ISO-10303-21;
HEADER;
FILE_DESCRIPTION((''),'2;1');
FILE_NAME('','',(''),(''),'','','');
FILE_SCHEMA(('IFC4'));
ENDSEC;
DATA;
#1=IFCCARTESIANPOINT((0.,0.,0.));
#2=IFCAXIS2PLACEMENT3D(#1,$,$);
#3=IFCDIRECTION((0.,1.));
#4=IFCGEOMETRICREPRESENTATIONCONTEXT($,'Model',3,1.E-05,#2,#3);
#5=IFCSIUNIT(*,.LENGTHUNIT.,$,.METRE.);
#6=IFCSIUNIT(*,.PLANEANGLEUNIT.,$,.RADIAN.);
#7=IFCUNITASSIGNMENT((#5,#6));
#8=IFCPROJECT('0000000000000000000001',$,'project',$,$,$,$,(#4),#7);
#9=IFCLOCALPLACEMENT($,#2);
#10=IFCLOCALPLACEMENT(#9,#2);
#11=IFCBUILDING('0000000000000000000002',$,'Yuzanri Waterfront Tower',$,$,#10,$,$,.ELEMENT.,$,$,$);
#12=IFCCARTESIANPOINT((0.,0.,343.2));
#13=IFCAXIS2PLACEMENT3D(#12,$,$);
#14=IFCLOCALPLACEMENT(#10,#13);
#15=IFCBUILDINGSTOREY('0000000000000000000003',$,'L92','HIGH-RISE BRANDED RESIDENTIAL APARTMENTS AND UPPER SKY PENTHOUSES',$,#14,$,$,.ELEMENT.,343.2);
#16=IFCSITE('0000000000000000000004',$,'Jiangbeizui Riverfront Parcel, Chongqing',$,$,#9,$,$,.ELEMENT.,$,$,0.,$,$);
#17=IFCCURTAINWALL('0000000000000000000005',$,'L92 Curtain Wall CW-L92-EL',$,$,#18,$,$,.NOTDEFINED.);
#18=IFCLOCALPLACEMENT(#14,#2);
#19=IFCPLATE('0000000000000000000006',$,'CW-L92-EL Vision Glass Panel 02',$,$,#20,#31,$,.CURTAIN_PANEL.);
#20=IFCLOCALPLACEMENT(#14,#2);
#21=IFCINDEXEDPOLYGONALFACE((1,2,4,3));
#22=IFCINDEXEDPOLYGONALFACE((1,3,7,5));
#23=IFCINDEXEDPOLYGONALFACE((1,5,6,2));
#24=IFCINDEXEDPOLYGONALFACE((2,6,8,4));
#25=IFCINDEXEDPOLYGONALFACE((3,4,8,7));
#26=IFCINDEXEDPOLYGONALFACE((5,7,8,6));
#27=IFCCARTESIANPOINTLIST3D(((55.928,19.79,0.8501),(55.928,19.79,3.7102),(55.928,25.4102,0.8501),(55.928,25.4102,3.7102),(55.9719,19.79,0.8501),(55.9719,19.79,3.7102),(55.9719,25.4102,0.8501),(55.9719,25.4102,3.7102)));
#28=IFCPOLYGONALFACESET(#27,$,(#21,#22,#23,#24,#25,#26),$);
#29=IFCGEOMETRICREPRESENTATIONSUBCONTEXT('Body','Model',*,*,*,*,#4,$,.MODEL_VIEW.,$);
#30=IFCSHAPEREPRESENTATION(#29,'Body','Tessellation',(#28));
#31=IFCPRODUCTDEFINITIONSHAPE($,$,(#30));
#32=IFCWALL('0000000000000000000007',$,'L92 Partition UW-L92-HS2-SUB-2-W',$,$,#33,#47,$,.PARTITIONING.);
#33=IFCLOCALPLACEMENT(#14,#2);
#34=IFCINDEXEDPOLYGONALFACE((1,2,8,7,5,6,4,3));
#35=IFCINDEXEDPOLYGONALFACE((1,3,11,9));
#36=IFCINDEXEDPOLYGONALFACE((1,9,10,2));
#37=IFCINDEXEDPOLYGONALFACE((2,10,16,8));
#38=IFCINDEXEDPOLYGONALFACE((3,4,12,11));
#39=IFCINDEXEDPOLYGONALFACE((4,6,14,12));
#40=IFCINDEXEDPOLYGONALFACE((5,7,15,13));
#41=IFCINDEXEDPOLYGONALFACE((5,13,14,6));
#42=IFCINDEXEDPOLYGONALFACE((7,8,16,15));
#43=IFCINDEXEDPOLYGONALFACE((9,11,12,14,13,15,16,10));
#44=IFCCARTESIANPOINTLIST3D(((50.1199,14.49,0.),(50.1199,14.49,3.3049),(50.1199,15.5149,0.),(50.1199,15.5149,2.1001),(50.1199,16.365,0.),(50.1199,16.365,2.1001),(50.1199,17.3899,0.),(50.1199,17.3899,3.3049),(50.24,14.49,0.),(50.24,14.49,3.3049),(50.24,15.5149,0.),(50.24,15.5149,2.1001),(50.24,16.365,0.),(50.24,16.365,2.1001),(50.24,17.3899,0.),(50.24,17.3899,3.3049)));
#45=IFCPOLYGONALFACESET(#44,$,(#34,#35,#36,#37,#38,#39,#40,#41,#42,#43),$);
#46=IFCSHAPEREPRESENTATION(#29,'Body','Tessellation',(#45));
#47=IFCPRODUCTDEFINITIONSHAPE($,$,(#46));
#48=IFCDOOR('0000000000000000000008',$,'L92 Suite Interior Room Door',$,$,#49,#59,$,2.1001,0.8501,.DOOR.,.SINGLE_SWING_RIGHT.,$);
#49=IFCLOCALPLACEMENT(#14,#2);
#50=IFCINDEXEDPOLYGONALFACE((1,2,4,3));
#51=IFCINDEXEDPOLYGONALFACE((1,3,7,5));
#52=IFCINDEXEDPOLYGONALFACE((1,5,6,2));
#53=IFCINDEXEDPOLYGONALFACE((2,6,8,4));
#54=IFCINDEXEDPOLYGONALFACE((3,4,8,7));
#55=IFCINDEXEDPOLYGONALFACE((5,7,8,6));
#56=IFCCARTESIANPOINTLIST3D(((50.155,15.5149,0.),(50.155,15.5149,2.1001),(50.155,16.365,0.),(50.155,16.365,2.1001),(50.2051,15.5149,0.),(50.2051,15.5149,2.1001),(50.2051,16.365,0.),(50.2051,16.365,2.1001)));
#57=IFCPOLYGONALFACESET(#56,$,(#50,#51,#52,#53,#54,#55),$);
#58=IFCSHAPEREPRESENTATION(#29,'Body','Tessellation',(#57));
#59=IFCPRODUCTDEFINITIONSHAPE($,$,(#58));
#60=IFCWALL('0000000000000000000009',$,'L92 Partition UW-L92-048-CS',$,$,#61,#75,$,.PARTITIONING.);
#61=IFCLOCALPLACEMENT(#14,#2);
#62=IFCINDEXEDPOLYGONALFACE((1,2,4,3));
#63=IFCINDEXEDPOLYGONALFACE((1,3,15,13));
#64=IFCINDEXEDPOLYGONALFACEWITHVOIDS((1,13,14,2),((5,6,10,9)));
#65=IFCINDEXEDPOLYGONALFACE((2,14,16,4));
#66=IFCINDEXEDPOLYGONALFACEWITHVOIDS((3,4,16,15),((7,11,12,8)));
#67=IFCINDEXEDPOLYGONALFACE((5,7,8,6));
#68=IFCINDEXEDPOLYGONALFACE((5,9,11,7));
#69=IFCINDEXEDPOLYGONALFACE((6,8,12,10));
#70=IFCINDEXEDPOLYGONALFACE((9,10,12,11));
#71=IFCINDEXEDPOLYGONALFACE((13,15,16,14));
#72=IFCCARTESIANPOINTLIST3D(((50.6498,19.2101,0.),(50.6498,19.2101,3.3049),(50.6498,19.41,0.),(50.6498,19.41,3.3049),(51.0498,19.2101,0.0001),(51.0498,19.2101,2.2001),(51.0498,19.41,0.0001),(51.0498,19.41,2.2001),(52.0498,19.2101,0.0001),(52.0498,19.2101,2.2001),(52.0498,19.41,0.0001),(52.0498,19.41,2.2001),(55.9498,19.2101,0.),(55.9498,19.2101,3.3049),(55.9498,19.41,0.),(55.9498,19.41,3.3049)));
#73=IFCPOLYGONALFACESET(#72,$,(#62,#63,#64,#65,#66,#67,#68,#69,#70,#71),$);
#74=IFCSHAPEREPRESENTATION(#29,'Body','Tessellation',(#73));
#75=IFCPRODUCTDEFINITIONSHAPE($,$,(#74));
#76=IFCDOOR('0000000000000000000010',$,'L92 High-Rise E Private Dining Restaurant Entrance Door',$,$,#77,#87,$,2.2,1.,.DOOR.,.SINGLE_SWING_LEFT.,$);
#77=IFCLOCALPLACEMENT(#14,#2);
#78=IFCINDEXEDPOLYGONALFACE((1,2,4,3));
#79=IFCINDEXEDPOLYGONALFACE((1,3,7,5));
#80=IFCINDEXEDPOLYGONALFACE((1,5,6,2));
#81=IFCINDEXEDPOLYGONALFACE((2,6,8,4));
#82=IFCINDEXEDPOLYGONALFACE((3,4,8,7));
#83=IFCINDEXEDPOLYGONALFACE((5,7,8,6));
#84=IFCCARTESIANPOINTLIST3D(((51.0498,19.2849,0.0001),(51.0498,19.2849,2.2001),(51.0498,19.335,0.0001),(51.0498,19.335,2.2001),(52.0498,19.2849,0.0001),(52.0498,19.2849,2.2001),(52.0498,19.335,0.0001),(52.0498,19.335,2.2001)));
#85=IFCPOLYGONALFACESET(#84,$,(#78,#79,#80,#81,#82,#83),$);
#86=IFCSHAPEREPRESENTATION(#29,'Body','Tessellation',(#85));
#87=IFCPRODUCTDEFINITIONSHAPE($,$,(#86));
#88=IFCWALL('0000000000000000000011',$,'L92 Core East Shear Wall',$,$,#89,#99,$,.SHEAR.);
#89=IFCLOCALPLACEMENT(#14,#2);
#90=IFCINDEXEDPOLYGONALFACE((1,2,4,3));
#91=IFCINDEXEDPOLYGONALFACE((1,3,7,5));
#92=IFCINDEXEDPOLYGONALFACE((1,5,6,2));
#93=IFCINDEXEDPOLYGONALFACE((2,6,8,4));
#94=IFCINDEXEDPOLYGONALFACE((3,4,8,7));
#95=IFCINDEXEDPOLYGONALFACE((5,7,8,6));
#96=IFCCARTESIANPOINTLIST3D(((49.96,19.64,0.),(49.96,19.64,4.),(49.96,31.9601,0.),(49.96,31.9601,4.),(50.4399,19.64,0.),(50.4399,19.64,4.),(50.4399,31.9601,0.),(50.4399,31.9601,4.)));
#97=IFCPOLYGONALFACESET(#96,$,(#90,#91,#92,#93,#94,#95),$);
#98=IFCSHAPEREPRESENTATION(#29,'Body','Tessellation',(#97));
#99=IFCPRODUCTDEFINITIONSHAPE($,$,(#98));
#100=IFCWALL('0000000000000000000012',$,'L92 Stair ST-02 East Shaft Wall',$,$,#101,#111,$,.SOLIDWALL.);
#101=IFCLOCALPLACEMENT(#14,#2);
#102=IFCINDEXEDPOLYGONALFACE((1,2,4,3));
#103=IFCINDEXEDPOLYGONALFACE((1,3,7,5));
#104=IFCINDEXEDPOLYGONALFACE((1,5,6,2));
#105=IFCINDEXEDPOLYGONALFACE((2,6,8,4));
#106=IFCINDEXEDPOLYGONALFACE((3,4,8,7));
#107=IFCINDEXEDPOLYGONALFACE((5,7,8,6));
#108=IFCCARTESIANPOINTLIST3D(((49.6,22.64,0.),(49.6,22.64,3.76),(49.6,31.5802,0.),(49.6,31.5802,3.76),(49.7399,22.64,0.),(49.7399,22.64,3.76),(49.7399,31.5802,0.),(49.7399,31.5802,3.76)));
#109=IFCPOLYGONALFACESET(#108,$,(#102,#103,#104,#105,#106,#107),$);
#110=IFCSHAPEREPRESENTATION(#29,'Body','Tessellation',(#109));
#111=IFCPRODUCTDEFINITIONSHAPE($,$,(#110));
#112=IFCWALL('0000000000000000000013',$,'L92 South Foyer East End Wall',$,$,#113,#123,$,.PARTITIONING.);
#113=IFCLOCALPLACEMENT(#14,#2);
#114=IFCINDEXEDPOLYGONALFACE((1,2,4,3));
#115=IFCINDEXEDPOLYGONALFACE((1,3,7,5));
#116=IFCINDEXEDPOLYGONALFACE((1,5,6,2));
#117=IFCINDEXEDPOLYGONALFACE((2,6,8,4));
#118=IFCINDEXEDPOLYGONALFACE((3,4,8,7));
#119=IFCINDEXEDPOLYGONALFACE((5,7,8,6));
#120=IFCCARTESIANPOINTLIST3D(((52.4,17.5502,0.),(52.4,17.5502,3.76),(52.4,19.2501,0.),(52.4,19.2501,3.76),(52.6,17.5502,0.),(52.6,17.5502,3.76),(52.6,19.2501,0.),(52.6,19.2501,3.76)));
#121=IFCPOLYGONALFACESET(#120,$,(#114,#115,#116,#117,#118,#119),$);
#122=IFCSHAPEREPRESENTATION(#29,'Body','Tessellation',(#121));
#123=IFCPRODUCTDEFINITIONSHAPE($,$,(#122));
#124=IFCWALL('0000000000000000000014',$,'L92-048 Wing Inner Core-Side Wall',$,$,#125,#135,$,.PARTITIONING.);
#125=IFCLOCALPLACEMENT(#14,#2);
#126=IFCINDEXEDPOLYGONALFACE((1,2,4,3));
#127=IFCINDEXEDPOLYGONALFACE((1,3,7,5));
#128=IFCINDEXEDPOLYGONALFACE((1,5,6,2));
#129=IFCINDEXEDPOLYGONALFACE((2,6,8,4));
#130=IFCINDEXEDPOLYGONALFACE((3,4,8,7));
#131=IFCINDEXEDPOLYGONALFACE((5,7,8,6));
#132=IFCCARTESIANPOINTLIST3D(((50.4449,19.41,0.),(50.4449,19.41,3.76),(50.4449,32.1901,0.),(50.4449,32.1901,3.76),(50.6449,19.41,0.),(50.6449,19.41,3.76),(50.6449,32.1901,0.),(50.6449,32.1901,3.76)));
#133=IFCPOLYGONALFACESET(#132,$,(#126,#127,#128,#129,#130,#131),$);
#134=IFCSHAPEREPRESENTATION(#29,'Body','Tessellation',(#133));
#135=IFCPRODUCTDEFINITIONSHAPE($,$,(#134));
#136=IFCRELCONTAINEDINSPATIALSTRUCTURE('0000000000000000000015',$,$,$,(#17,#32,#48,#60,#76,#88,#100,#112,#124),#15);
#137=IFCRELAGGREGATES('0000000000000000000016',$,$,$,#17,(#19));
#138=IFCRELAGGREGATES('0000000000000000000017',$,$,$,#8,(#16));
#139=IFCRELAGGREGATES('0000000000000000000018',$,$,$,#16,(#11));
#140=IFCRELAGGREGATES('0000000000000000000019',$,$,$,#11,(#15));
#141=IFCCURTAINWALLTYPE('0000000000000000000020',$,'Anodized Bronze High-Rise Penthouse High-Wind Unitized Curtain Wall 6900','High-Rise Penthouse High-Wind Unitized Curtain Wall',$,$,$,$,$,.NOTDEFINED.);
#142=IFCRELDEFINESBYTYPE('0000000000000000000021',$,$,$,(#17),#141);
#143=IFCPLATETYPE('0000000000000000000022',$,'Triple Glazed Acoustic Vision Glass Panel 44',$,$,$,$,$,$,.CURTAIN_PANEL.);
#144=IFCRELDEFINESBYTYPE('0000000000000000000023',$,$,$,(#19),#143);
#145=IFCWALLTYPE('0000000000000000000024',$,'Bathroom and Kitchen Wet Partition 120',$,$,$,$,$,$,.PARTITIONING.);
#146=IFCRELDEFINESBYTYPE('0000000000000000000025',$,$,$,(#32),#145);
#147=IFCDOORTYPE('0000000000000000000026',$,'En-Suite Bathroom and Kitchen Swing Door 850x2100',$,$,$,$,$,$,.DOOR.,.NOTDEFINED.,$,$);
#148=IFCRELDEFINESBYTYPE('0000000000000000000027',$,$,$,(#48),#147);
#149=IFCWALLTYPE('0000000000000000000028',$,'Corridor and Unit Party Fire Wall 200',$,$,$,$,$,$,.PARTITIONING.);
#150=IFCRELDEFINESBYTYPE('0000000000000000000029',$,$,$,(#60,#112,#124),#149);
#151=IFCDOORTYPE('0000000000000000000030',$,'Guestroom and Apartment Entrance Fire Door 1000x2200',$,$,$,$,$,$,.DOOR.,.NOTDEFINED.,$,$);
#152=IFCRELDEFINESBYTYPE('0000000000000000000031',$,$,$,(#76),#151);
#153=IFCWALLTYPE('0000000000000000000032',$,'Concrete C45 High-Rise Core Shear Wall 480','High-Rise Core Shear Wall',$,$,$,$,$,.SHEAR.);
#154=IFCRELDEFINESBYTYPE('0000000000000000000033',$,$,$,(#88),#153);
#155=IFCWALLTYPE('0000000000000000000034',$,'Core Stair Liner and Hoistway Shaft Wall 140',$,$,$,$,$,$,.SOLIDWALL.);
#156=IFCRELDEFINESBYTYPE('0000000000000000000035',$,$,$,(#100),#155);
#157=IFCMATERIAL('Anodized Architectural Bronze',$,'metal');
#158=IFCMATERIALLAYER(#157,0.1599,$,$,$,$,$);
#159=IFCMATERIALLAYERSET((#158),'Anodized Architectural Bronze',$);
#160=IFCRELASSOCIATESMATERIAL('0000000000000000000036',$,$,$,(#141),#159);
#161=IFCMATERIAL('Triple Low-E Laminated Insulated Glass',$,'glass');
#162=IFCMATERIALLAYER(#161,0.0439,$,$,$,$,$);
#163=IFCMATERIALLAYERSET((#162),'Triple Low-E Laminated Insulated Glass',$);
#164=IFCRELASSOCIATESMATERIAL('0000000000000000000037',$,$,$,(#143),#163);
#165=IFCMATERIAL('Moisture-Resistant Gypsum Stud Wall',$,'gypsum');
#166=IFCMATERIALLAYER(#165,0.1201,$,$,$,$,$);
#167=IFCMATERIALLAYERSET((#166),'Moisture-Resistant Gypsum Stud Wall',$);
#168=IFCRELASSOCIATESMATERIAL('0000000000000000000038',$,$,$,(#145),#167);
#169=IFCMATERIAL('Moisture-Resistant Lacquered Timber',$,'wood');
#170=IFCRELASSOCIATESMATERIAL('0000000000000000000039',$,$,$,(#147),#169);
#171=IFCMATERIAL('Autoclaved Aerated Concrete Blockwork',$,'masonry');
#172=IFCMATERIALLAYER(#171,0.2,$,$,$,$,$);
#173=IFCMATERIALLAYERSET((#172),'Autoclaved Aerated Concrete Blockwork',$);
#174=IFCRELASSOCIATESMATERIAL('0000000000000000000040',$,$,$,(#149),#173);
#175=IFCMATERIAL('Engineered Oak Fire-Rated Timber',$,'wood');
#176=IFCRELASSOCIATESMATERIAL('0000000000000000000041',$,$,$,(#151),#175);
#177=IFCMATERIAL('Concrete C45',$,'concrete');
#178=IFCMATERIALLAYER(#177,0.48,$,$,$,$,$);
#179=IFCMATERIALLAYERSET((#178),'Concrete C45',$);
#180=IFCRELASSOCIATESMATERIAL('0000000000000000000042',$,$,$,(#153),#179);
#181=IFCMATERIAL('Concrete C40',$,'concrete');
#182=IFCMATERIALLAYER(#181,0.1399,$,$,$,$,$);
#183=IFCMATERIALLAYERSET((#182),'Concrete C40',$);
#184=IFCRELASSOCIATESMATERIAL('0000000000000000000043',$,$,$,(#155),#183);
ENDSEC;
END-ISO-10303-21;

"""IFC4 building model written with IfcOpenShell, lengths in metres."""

from ifc_helpers import new_model, si_unit, direction, frame, frame_2d, origin, origin_2d, place, context, subcontext, project, spatial, rectangle, extrude, source, transform, mapped, material, layer, layer_set, type_object, element, fill, aggregate, save


model = new_model("IFC4")

# Units and contexts
model_context = context("Model", 3, precision=1e-05, world=origin(), true_north=direction((0.0, 1.0)))
body_context = subcontext(model_context, "Body", "Model", "MODEL_VIEW")
ifc_project = project(units=[si_unit("LENGTHUNIT", "METRE"), si_unit("PLANEANGLEUNIT", "RADIAN")], contexts=[model_context])

# Site, building, storey
site_placement = place(None, origin())
site = spatial("IfcSite", under=ifc_project, at=site_placement, Name="Jiangbeizui Riverfront Parcel, Chongqing", CompositionType="ELEMENT", RefElevation=0.0)
building_placement = place(site_placement, origin())
building = spatial("IfcBuilding", under=site, at=building_placement, Name="Yuzanri Waterfront Tower", CompositionType="ELEMENT")
storey_placement = place(building_placement, frame((0.0, 0.0, 343.2)))
storey = spatial("IfcBuildingStorey", under=building, at=storey_placement, Name="L92", Description="HIGH-RISE BRANDED RESIDENTIAL APARTMENTS AND UPPER SKY PENTHOUSES", CompositionType="ELEMENT", Elevation=343.2)

# Curtain wall, plate
ifc_material_1 = material(Name="Anodized Architectural Bronze", Category="metal")
ifc_layer_1 = layer(ifc_material_1, 0.1599)
ifc_layer_set_1 = layer_set([ifc_layer_1], Name="Anodized Architectural Bronze")
curtain_wall_type = type_object("IfcCurtainWallType", Name="Anodized Bronze High-Rise Penthouse High-Wind Unitized Curtain Wall 6900", Description="High-Rise Penthouse High-Wind Unitized Curtain Wall", PredefinedType="NOTDEFINED", material=ifc_layer_set_1)
curtain_wall_placement = place(storey_placement, origin())
curtain_wall = element("IfcCurtainWall", 1, at=curtain_wall_placement, inside=storey, type_object=curtain_wall_type, Name="L92 Curtain Wall CW-L92-EL", PredefinedType="NOTDEFINED")
ifc_material_2 = material(Name="Triple Low-E Laminated Insulated Glass", Category="glass")
ifc_layer_2 = layer(ifc_material_2, 0.0439)
ifc_layer_set_2 = layer_set([ifc_layer_2], Name="Triple Low-E Laminated Insulated Glass")
plate_type_1 = type_object("IfcPlateType", Name="Triple Glazed Acoustic Vision Glass Panel 44", PredefinedType="CURTAIN_PANEL", material=ifc_layer_set_2)
shared_shape_1 = source(origin(), body_context, "Body", "SweptSolid", [
    extrude(rectangle(XDim=5.6201, YDim=0.0439, at=origin_2d()), origin(), (0.0, 0.0, 1.0), 2.8601),
])
plate_1_placement = place(storey_placement, frame((55.95, 22.6001, 0.8501), z_axis=(0.0, 0.0, 1.0), x_axis=(0.0, 1.0, 0.0)))
plate_1 = element("IfcPlate", 2, at=plate_1_placement, type_object=plate_type_1, Name="CW-L92-EL Vision Glass Panel 02", PredefinedType="CURTAIN_PANEL", context=body_context, shape_type="MappedRepresentation", body=[
    mapped(shared_shape_1, transform((0.0, 0.0, 0.0), scale=1.0)),
])
aggregate(curtain_wall, [plate_1])

# Walls, openings, doors
ifc_material_3 = material(Name="Moisture-Resistant Gypsum Stud Wall", Category="gypsum")
ifc_layer_3 = layer(ifc_material_3, 0.1201)
ifc_layer_set_3 = layer_set([ifc_layer_3], Name="Moisture-Resistant Gypsum Stud Wall")
wall_type_1 = type_object("IfcWallType", Name="Bathroom and Kitchen Wet Partition 120", PredefinedType="PARTITIONING", material=ifc_layer_set_3)
wall_1_placement = place(storey_placement, frame((50.1799, 14.49, 0.0), z_axis=(0.0, 0.0, 1.0), x_axis=(0.0, 1.0, 0.0)))
wall_1 = element("IfcWall", 3, at=wall_1_placement, inside=storey, type_object=wall_type_1, Name="L92 Partition UW-L92-HS2-SUB-2-W", PredefinedType="PARTITIONING", context=body_context, shape_type="SweptSolid", body=[
    extrude(rectangle(XDim=2.8999, YDim=0.1201, at=frame_2d((1.45, 0.0))), origin(), (0.0, 0.0, 1.0), 3.3049),
])
opening_1_placement = place(wall_1_placement, frame((1.0249, 0.0, 0.0)))
opening_1 = element("IfcOpeningElement", 4, at=opening_1_placement, cuts=wall_1, PredefinedType="OPENING", context=body_context, shape_type="SweptSolid", body=[
    extrude(rectangle(XDim=0.8501, YDim=2.1001, at=frame_2d((0.425, 1.05))), frame((0.0, 0.075, 0.0), z_axis=(0.0, -1.0, 0.0), x_axis=(1.0, 0.0, 0.0)), (0.0, 0.0, 1.0), 0.1499),
])
ifc_material_4 = material(Name="Moisture-Resistant Lacquered Timber", Category="wood")
door_type_1 = type_object("IfcDoorType", Name="En-Suite Bathroom and Kitchen Swing Door 850x2100", OperationType="NOTDEFINED", PredefinedType="DOOR", material=ifc_material_4)
shared_shape_2 = source(origin(), body_context, "Body", "SweptSolid", [
    extrude(rectangle(XDim=0.8501, YDim=2.1001, at=frame_2d((0.425, 1.05))), frame((0.0, 0.0249, 0.0), z_axis=(0.0, -1.0, 0.0), x_axis=(1.0, 0.0, 0.0)), (0.0, 0.0, 1.0), 0.05),
])
door_1_placement = place(opening_1_placement, origin())
door_1 = element("IfcDoor", 5, at=door_1_placement, inside=storey, type_object=door_type_1, Name="L92 Suite Interior Room Door", OperationType="SINGLE_SWING_RIGHT", OverallHeight=2.1001, OverallWidth=0.8501, PredefinedType="DOOR", context=body_context, shape_type="MappedRepresentation", body=[
    mapped(shared_shape_2, transform((0.0, 0.0, 0.0), scale=1.0)),
])
fill(opening_1, door_1)
ifc_material_5 = material(Name="Autoclaved Aerated Concrete Blockwork", Category="masonry")
ifc_layer_4 = layer(ifc_material_5, 0.2)
ifc_layer_set_4 = layer_set([ifc_layer_4], Name="Autoclaved Aerated Concrete Blockwork")
wall_type_2 = type_object("IfcWallType", Name="Corridor and Unit Party Fire Wall 200", PredefinedType="PARTITIONING", material=ifc_layer_set_4)
wall_2_placement = place(storey_placement, frame((50.6499, 19.3101, 0.0), z_axis=(0.0, 0.0, 1.0), x_axis=(1.0, 0.0, 0.0)))
wall_2 = element("IfcWall", 6, at=wall_2_placement, inside=storey, type_object=wall_type_2, Name="L92 Partition UW-L92-048-CS", PredefinedType="PARTITIONING", context=body_context, shape_type="SweptSolid", body=[
    extrude(rectangle(XDim=5.3, YDim=0.2, at=frame_2d((2.6499, 0.0))), origin(), (0.0, 0.0, 1.0), 3.3049),
])
opening_2_placement = place(wall_2_placement, frame((0.3999, 0.0, 0.0)))
opening_2 = element("IfcOpeningElement", 7, at=opening_2_placement, cuts=wall_2, PredefinedType="OPENING", context=body_context, shape_type="SweptSolid", body=[
    extrude(rectangle(XDim=1.0, YDim=2.2, at=frame_2d((0.5, 1.1001))), frame((0.0, 0.1147, 0.0), z_axis=(0.0, -1.0, 0.0), x_axis=(1.0, 0.0, 0.0)), (0.0, 0.0, 1.0), 0.2297),
])
ifc_material_6 = material(Name="Engineered Oak Fire-Rated Timber", Category="wood")
door_type_2 = type_object("IfcDoorType", Name="Guestroom and Apartment Entrance Fire Door 1000x2200", OperationType="NOTDEFINED", PredefinedType="DOOR", material=ifc_material_6)
shared_shape_3 = source(origin(), body_context, "Body", "SweptSolid", [
    extrude(rectangle(XDim=1.0, YDim=2.2, at=frame_2d((0.5, 1.1001))), frame((0.0, 0.0249, 0.0), z_axis=(0.0, -1.0, 0.0), x_axis=(1.0, 0.0, 0.0)), (0.0, 0.0, 1.0), 0.05),
])
door_2_placement = place(opening_2_placement, origin())
door_2 = element("IfcDoor", 8, at=door_2_placement, inside=storey, type_object=door_type_2, Name="L92 High-Rise E Private Dining Restaurant Entrance Door", OperationType="SINGLE_SWING_LEFT", OverallHeight=2.2, OverallWidth=1.0, PredefinedType="DOOR", context=body_context, shape_type="MappedRepresentation", body=[
    mapped(shared_shape_3, transform((0.0, 0.0, 0.0), scale=1.0)),
])
fill(opening_2, door_2)

# Walls
ifc_material_7 = material(Name="Concrete C45", Category="concrete")
ifc_layer_5 = layer(ifc_material_7, 0.48)
ifc_layer_set_5 = layer_set([ifc_layer_5], Name="Concrete C45")
wall_type_3 = type_object("IfcWallType", Name="Concrete C45 High-Rise Core Shear Wall 480", Description="High-Rise Core Shear Wall", PredefinedType="SHEAR", material=ifc_layer_set_5)
shared_shape_4 = source(origin(), body_context, "Body", "SweptSolid", [
    extrude(rectangle(XDim=12.3201, YDim=0.48, at=frame_2d((6.1602, 0.0))), origin(), (0.0, 0.0, 1.0), 4.0),
])
wall_3_placement = place(storey_placement, frame((50.2, 19.6399, 0.0), z_axis=(0.0, 0.0, 1.0), x_axis=(0.0, 1.0, 0.0)))
element("IfcWall", 9, at=wall_3_placement, inside=storey, type_object=wall_type_3, Name="L92 Core East Shear Wall", PredefinedType="SHEAR", context=body_context, shape_type="MappedRepresentation", body=[
    mapped(shared_shape_4, transform((0.0, 0.0, 0.0), scale=1.0)),
])
ifc_material_8 = material(Name="Concrete C40", Category="concrete")
ifc_layer_6 = layer(ifc_material_8, 0.1399)
ifc_layer_set_6 = layer_set([ifc_layer_6], Name="Concrete C40")
wall_type_4 = type_object("IfcWallType", Name="Core Stair Liner and Hoistway Shaft Wall 140", PredefinedType="SOLIDWALL", material=ifc_layer_set_6)
shared_shape_5 = source(origin(), body_context, "Body", "SweptSolid", [
    extrude(rectangle(XDim=8.9402, YDim=0.1399, at=frame_2d((4.4702, 0.0))), origin(), (0.0, 0.0, 1.0), 3.76),
])
wall_4_placement = place(storey_placement, frame((49.6699, 22.6399, 0.0), z_axis=(0.0, 0.0, 1.0), x_axis=(0.0, 1.0, 0.0)))
element("IfcWall", 10, at=wall_4_placement, inside=storey, type_object=wall_type_4, Name="L92 Stair ST-02 East Shaft Wall", PredefinedType="SOLIDWALL", context=body_context, shape_type="MappedRepresentation", body=[
    mapped(shared_shape_5, transform((0.0, 0.0, 0.0), scale=1.0)),
])
shared_shape_6 = source(origin(), body_context, "Body", "SweptSolid", [
    extrude(rectangle(XDim=1.7, YDim=0.2, at=frame_2d((0.8501, 0.0))), origin(), (0.0, 0.0, 1.0), 3.76),
])
wall_5_placement = place(storey_placement, frame((52.5, 17.55, 0.0), z_axis=(0.0, 0.0, 1.0), x_axis=(0.0, 1.0, 0.0)))
element("IfcWall", 11, at=wall_5_placement, inside=storey, type_object=wall_type_2, Name="L92 South Foyer East End Wall", PredefinedType="PARTITIONING", context=body_context, shape_type="MappedRepresentation", body=[
    mapped(shared_shape_6, transform((0.0, 0.0, 0.0), scale=1.0)),
])
shared_shape_7 = source(origin(), body_context, "Body", "SweptSolid", [
    extrude(rectangle(XDim=12.78, YDim=0.2, at=frame_2d((6.3901, 0.0))), origin(), (0.0, 0.0, 1.0), 3.76),
])
wall_6_placement = place(storey_placement, frame((50.5449, 19.4099, 0.0), z_axis=(0.0, 0.0, 1.0), x_axis=(0.0, 1.0, 0.0)))
element("IfcWall", 12, at=wall_6_placement, inside=storey, type_object=wall_type_2, Name="L92-048 Wing Inner Core-Side Wall", PredefinedType="PARTITIONING", context=body_context, shape_type="MappedRepresentation", body=[
    mapped(shared_shape_7, transform((0.0, 0.0, 0.0), scale=1.0)),
])

save(model, "model.ifc")
